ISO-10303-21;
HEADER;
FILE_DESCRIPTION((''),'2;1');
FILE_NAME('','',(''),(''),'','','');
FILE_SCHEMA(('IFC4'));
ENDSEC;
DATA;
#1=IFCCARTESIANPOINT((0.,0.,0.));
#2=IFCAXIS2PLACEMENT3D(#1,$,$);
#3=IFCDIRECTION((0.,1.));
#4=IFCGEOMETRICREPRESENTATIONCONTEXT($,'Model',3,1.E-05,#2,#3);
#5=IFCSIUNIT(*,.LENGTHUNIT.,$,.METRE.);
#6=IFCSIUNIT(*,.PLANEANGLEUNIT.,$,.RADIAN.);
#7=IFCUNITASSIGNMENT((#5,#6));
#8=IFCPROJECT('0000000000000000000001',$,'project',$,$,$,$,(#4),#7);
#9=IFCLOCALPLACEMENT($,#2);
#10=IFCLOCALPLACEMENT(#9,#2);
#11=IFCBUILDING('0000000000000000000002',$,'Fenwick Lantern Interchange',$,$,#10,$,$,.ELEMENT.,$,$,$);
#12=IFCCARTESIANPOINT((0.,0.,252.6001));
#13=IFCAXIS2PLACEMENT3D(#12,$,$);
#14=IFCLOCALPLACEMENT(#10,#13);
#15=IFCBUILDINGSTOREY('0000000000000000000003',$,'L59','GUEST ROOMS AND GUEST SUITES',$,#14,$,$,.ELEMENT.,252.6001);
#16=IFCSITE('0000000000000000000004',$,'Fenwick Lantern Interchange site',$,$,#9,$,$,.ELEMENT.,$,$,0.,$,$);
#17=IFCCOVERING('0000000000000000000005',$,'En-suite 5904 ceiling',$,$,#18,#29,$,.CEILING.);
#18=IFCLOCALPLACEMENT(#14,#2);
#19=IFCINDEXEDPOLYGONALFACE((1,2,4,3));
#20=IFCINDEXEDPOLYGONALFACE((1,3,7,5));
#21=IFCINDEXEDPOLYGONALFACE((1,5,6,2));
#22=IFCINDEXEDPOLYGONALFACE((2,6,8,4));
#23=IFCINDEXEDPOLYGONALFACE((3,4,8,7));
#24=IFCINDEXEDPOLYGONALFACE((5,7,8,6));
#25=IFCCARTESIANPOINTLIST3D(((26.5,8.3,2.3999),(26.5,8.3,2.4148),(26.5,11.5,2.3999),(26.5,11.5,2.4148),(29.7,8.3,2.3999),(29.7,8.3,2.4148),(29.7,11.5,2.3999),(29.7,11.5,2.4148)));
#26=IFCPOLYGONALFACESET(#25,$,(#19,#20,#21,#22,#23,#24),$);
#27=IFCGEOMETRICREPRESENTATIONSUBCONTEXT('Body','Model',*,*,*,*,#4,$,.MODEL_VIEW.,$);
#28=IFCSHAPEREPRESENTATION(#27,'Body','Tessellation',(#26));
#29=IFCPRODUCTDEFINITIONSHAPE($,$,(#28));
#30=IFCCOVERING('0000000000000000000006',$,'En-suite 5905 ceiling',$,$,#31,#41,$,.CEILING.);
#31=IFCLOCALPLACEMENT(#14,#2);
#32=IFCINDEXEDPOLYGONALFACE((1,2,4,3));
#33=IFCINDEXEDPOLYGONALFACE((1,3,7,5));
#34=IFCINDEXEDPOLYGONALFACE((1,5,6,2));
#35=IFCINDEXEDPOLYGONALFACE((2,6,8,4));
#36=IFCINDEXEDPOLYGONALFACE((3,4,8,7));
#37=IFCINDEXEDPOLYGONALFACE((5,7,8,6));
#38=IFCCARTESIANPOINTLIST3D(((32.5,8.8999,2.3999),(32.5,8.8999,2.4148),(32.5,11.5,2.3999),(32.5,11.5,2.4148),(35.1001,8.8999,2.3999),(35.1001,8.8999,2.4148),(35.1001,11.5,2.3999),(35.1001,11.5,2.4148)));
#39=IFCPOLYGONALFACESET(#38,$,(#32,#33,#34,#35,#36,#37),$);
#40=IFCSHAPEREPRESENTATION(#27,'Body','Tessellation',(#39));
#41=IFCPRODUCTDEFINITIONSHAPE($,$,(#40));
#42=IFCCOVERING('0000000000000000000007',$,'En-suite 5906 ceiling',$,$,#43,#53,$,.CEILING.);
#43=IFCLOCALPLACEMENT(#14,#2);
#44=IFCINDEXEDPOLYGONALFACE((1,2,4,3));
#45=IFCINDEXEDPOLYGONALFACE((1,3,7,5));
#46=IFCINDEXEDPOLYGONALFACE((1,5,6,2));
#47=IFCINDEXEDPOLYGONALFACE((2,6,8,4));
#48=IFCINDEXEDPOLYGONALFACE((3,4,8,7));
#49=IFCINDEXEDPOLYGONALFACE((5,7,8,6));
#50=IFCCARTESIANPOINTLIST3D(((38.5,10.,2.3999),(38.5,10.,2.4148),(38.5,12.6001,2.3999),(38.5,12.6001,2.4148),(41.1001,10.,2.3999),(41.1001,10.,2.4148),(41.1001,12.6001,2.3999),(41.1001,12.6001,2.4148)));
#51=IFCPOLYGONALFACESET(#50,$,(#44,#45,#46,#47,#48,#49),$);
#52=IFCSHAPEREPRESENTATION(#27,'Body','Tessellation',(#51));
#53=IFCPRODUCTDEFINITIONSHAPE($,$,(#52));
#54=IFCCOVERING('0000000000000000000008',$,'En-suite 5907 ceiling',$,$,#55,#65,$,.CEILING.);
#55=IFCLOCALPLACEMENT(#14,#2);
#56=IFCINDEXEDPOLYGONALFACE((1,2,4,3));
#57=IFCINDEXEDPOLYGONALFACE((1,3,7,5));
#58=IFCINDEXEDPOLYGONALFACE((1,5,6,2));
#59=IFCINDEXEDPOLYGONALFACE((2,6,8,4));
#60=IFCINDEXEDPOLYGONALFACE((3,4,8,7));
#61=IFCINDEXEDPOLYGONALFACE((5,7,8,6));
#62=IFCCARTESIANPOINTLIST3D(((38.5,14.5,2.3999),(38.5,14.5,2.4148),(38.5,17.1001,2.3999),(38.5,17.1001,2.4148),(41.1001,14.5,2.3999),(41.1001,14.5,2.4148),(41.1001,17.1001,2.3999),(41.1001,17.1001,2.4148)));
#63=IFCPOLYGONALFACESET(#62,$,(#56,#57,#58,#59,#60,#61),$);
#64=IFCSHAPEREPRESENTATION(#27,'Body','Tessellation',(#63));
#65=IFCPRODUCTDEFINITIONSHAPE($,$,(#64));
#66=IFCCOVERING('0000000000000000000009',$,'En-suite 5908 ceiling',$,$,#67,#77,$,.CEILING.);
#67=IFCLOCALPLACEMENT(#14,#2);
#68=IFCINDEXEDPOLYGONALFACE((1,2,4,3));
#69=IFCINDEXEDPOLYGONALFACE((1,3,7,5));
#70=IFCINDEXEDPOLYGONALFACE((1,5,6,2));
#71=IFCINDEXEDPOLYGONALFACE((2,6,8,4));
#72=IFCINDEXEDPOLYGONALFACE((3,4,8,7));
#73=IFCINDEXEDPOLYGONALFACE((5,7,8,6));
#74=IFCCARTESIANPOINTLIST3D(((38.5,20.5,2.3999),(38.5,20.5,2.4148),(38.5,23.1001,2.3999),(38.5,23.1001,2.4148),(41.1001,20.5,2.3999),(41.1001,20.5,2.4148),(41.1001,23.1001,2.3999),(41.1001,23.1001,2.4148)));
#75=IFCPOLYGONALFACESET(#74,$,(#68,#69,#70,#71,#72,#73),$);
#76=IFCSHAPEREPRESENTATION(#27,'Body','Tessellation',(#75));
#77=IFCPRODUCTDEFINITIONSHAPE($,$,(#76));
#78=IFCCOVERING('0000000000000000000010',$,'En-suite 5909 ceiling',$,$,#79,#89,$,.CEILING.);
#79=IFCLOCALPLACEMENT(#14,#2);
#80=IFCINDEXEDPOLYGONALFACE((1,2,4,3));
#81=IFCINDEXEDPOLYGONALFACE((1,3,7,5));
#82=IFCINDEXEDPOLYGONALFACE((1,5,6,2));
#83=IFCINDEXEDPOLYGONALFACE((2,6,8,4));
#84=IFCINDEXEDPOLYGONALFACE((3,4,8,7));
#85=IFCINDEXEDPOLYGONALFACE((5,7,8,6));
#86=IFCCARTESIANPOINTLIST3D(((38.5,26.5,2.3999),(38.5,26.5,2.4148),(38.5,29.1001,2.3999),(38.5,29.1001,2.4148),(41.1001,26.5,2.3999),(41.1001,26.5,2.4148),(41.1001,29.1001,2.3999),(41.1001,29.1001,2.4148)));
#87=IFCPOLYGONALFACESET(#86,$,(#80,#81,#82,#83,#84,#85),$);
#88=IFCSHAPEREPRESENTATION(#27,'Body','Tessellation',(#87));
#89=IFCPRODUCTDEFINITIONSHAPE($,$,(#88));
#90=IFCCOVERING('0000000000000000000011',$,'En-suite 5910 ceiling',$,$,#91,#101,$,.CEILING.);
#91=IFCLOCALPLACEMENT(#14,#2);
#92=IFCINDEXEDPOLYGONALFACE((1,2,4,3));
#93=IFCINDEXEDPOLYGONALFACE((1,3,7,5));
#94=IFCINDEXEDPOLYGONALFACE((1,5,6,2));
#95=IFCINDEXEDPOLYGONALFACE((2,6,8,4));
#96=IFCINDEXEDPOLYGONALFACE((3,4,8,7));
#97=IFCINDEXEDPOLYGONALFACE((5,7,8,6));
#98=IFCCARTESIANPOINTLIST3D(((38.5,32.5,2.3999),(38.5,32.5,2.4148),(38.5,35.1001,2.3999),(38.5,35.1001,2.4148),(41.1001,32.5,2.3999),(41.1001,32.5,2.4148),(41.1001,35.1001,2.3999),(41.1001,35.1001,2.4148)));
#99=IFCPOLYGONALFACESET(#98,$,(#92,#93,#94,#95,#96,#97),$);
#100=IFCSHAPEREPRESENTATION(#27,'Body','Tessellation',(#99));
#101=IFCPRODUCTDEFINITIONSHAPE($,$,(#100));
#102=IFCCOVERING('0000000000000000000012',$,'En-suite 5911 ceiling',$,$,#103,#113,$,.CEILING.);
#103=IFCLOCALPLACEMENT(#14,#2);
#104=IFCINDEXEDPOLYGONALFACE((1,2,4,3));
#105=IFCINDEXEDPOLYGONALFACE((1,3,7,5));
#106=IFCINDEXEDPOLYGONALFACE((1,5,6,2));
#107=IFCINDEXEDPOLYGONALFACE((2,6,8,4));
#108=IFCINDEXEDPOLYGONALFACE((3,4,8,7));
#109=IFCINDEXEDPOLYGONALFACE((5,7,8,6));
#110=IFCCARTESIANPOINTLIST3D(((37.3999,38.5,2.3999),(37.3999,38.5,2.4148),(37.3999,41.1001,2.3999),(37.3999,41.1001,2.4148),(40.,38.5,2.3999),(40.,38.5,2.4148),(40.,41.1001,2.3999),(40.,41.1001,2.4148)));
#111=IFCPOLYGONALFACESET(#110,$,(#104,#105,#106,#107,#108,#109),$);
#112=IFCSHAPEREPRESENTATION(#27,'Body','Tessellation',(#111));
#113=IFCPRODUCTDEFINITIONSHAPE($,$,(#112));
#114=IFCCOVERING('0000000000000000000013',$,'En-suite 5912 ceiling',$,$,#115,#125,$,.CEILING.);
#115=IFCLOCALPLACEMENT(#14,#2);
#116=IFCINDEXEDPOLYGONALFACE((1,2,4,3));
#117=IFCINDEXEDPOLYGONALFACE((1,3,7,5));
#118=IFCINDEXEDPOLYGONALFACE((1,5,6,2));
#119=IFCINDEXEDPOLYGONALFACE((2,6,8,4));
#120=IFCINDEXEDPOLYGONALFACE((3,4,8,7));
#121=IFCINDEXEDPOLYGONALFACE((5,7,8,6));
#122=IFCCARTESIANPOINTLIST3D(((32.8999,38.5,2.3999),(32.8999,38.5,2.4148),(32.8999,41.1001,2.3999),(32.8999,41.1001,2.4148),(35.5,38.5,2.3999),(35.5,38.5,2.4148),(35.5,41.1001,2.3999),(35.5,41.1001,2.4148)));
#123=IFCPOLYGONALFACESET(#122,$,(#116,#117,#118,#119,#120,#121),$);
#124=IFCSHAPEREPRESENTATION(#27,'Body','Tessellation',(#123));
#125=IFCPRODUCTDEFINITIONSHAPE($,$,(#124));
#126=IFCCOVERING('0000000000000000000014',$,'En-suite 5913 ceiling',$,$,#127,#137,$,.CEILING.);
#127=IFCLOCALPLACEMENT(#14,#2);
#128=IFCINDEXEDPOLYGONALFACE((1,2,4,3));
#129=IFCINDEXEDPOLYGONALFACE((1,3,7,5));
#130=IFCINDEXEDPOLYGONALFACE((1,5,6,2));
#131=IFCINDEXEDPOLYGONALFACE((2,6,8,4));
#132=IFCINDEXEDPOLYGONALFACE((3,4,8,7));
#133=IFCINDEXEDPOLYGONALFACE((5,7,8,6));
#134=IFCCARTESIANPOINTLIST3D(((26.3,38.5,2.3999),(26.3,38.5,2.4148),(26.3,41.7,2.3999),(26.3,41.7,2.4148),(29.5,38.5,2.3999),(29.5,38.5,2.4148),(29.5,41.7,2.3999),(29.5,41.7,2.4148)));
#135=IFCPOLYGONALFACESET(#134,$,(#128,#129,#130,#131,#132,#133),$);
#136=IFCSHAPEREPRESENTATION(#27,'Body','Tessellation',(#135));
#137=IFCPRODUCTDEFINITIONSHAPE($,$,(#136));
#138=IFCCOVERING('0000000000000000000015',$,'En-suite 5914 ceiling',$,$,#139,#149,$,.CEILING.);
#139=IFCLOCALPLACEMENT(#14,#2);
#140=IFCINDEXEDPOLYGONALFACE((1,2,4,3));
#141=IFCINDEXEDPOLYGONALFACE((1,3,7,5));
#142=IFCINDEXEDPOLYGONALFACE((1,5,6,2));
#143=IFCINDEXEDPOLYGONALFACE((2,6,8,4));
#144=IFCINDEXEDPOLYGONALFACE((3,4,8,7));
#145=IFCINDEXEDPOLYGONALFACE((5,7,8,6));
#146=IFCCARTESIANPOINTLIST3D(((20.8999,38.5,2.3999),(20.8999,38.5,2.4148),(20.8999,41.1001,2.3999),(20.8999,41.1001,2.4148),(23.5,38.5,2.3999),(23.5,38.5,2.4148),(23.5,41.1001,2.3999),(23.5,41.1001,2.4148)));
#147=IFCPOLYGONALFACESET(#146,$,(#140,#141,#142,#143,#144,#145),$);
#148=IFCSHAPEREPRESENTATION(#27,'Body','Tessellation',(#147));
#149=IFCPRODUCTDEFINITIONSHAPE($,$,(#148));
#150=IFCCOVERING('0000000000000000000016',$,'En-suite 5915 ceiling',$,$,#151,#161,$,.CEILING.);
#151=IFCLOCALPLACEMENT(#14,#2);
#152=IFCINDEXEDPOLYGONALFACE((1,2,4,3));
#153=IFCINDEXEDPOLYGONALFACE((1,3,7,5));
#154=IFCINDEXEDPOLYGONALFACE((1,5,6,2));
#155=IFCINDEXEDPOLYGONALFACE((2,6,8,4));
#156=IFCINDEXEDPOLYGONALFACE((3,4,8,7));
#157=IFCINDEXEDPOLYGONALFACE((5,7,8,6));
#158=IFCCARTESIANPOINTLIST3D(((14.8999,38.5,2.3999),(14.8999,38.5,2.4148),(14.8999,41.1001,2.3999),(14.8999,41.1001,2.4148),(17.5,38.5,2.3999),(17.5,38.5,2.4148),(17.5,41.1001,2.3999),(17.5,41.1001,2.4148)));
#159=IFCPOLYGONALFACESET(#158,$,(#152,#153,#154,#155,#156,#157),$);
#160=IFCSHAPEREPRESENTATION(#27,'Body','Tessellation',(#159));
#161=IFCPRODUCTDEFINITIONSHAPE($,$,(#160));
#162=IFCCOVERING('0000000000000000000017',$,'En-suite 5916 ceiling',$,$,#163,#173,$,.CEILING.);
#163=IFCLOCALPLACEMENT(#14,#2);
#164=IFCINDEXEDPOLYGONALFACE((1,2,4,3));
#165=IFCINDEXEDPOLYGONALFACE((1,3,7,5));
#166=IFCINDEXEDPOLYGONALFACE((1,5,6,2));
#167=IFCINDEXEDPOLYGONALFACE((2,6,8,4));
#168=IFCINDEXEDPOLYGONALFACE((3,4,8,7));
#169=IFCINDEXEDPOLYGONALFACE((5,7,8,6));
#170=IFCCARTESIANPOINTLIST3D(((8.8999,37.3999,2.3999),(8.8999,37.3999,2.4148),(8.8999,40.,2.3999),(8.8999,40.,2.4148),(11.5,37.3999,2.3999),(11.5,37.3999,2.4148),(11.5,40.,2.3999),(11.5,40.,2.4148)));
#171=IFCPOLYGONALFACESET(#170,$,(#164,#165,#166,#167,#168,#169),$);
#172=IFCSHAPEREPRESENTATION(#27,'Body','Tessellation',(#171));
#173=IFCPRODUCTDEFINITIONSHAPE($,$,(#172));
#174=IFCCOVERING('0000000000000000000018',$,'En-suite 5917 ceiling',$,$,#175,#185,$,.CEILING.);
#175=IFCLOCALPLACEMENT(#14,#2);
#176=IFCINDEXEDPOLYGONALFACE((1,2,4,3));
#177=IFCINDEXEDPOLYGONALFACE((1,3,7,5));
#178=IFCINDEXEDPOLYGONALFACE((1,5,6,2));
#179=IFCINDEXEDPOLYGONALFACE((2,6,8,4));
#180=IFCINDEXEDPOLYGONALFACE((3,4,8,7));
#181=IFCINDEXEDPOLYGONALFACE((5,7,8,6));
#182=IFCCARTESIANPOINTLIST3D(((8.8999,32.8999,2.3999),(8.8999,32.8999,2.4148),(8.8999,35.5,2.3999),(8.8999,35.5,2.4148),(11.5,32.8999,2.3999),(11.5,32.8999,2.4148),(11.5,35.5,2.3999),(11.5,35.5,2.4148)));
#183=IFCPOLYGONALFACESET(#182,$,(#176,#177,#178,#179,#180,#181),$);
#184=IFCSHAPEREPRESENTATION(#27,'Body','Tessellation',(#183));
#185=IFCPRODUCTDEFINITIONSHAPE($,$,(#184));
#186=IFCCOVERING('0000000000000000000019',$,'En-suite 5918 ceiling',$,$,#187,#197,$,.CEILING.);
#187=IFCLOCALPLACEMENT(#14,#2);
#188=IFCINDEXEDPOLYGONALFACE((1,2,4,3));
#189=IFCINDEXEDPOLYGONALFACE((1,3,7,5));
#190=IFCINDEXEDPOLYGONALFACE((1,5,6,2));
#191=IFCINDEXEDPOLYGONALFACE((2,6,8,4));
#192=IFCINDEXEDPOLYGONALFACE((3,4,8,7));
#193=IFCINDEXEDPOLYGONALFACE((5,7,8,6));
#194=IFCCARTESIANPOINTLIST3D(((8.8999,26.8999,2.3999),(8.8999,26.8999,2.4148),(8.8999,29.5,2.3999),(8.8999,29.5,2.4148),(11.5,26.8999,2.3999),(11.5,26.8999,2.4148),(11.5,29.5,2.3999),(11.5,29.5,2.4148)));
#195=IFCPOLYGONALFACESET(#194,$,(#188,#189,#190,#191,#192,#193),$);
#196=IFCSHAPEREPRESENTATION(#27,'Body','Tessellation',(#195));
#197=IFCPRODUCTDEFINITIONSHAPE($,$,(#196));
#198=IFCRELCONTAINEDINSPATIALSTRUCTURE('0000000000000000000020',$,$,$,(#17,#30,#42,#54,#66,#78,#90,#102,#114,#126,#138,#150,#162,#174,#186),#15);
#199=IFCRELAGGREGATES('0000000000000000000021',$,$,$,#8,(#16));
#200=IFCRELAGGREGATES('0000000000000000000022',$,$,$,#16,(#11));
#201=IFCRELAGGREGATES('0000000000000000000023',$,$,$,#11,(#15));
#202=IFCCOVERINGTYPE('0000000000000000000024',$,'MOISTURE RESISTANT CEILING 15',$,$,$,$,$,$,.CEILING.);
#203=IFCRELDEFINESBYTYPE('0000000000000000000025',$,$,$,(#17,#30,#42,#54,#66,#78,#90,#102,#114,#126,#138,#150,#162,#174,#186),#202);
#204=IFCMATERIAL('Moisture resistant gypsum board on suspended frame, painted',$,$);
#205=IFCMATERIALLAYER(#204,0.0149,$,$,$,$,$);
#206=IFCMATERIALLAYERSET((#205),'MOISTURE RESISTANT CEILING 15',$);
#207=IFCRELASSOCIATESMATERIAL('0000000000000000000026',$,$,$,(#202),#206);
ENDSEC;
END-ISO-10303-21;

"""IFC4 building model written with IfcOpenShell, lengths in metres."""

from ifc_helpers import new_model, si_unit, direction, frame, origin, place, context, subcontext, project, spatial, polyline, outline, extrude, material, layer, layer_set, type_object, element, save


model = new_model("IFC4")

# Units and contexts
model_context = context("Model", 3, precision=1e-05, world=origin(), true_north=direction((0.0, 1.0)))
body_context = subcontext(model_context, "Body", "Model", "MODEL_VIEW")
ifc_project = project(units=[si_unit("LENGTHUNIT", "METRE"), si_unit("PLANEANGLEUNIT", "RADIAN")], contexts=[model_context])

# Site, building, storey
site_placement = place(None, origin())
site = spatial("IfcSite", under=ifc_project, at=site_placement, Name="Fenwick Lantern Interchange site", CompositionType="ELEMENT", RefElevation=0.0)
building_placement = place(site_placement, origin())
building = spatial("IfcBuilding", under=site, at=building_placement, Name="Fenwick Lantern Interchange", CompositionType="ELEMENT")
storey_placement = place(building_placement, frame((0.0, 0.0, 252.6001)))
storey = spatial("IfcBuildingStorey", under=building, at=storey_placement, Name="L59", Description="GUEST ROOMS AND GUEST SUITES", CompositionType="ELEMENT", Elevation=252.6001)

# Coverings
ifc_material_1 = material(Name="Moisture resistant gypsum board on suspended frame, painted")
ifc_layer_1 = layer(ifc_material_1, 0.0149)
ifc_layer_set_1 = layer_set([ifc_layer_1], Name="MOISTURE RESISTANT CEILING 15")
covering_type_1 = type_object("IfcCoveringType", Name="MOISTURE RESISTANT CEILING 15", PredefinedType="CEILING", material=ifc_layer_set_1)
covering_1_placement = place(storey_placement, frame((0.0, 0.0, 2.3999)))
element("IfcCovering", 1, at=covering_1_placement, inside=storey, type_object=covering_type_1, Name="En-suite 5904 ceiling", PredefinedType="CEILING", context=body_context, shape_type="SweptSolid", body=[
    extrude(outline(polyline([(26.5, 8.3), (29.7, 8.3), (29.7, 11.5), (26.5, 11.5), (26.5, 8.3)])), origin(), (0.0, 0.0, 1.0), 0.0149),
])
covering_2_placement = place(storey_placement, frame((0.0, 0.0, 2.3999)))
element("IfcCovering", 2, at=covering_2_placement, inside=storey, type_object=covering_type_1, Name="En-suite 5905 ceiling", PredefinedType="CEILING", context=body_context, shape_type="SweptSolid", body=[
    extrude(outline(polyline([(32.5, 8.8999), (35.1001, 8.8999), (35.1001, 11.5), (32.5, 11.5), (32.5, 8.8999)])), origin(), (0.0, 0.0, 1.0), 0.0149),
])
covering_3_placement = place(storey_placement, frame((0.0, 0.0, 2.3999)))
element("IfcCovering", 3, at=covering_3_placement, inside=storey, type_object=covering_type_1, Name="En-suite 5906 ceiling", PredefinedType="CEILING", context=body_context, shape_type="SweptSolid", body=[
    extrude(outline(polyline([(41.1001, 10.0), (41.1001, 12.6001), (38.5, 12.6001), (38.5, 10.0), (41.1001, 10.0)])), origin(), (0.0, 0.0, 1.0), 0.0149),
])
covering_4_placement = place(storey_placement, frame((0.0, 0.0, 2.3999)))
element("IfcCovering", 4, at=covering_4_placement, inside=storey, type_object=covering_type_1, Name="En-suite 5907 ceiling", PredefinedType="CEILING", context=body_context, shape_type="SweptSolid", body=[
    extrude(outline(polyline([(41.1001, 14.5), (41.1001, 17.1001), (38.5, 17.1001), (38.5, 14.5), (41.1001, 14.5)])), origin(), (0.0, 0.0, 1.0), 0.0149),
])
covering_5_placement = place(storey_placement, frame((0.0, 0.0, 2.3999)))
element("IfcCovering", 5, at=covering_5_placement, inside=storey, type_object=covering_type_1, Name="En-suite 5908 ceiling", PredefinedType="CEILING", context=body_context, shape_type="SweptSolid", body=[
    extrude(outline(polyline([(41.1001, 20.5), (41.1001, 23.1001), (38.5, 23.1001), (38.5, 20.5), (41.1001, 20.5)])), origin(), (0.0, 0.0, 1.0), 0.0149),
])
covering_6_placement = place(storey_placement, frame((0.0, 0.0, 2.3999)))
element("IfcCovering", 6, at=covering_6_placement, inside=storey, type_object=covering_type_1, Name="En-suite 5909 ceiling", PredefinedType="CEILING", context=body_context, shape_type="SweptSolid", body=[
    extrude(outline(polyline([(41.1001, 26.5), (41.1001, 29.1001), (38.5, 29.1001), (38.5, 26.5), (41.1001, 26.5)])), origin(), (0.0, 0.0, 1.0), 0.0149),
])
covering_7_placement = place(storey_placement, frame((0.0, 0.0, 2.3999)))
element("IfcCovering", 7, at=covering_7_placement, inside=storey, type_object=covering_type_1, Name="En-suite 5910 ceiling", PredefinedType="CEILING", context=body_context, shape_type="SweptSolid", body=[
    extrude(outline(polyline([(41.1001, 32.5), (41.1001, 35.1001), (38.5, 35.1001), (38.5, 32.5), (41.1001, 32.5)])), origin(), (0.0, 0.0, 1.0), 0.0149),
])
covering_8_placement = place(storey_placement, frame((0.0, 0.0, 2.3999)))
element("IfcCovering", 8, at=covering_8_placement, inside=storey, type_object=covering_type_1, Name="En-suite 5911 ceiling", PredefinedType="CEILING", context=body_context, shape_type="SweptSolid", body=[
    extrude(outline(polyline([(40.0, 41.1001), (37.3999, 41.1001), (37.3999, 38.5), (40.0, 38.5), (40.0, 41.1001)])), origin(), (0.0, 0.0, 1.0), 0.0149),
])
covering_9_placement = place(storey_placement, frame((0.0, 0.0, 2.3999)))
element("IfcCovering", 9, at=covering_9_placement, inside=storey, type_object=covering_type_1, Name="En-suite 5912 ceiling", PredefinedType="CEILING", context=body_context, shape_type="SweptSolid", body=[
    extrude(outline(polyline([(35.5, 41.1001), (32.8999, 41.1001), (32.8999, 38.5), (35.5, 38.5), (35.5, 41.1001)])), origin(), (0.0, 0.0, 1.0), 0.0149),
])
covering_10_placement = place(storey_placement, frame((0.0, 0.0, 2.3999)))
element("IfcCovering", 10, at=covering_10_placement, inside=storey, type_object=covering_type_1, Name="En-suite 5913 ceiling", PredefinedType="CEILING", context=body_context, shape_type="SweptSolid", body=[
    extrude(outline(polyline([(29.5, 41.7), (26.3, 41.7), (26.3, 38.5), (29.5, 38.5), (29.5, 41.7)])), origin(), (0.0, 0.0, 1.0), 0.0149),
])
covering_11_placement = place(storey_placement, frame((0.0, 0.0, 2.3999)))
element("IfcCovering", 11, at=covering_11_placement, inside=storey, type_object=covering_type_1, Name="En-suite 5914 ceiling", PredefinedType="CEILING", context=body_context, shape_type="SweptSolid", body=[
    extrude(outline(polyline([(23.5, 41.1001), (20.8999, 41.1001), (20.8999, 38.5), (23.5, 38.5), (23.5, 41.1001)])), origin(), (0.0, 0.0, 1.0), 0.0149),
])
covering_12_placement = place(storey_placement, frame((0.0, 0.0, 2.3999)))
element("IfcCovering", 12, at=covering_12_placement, inside=storey, type_object=covering_type_1, Name="En-suite 5915 ceiling", PredefinedType="CEILING", context=body_context, shape_type="SweptSolid", body=[
    extrude(outline(polyline([(17.5, 41.1001), (14.8999, 41.1001), (14.8999, 38.5), (17.5, 38.5), (17.5, 41.1001)])), origin(), (0.0, 0.0, 1.0), 0.0149),
])
covering_13_placement = place(storey_placement, frame((0.0, 0.0, 2.3999)))
element("IfcCovering", 13, at=covering_13_placement, inside=storey, type_object=covering_type_1, Name="En-suite 5916 ceiling", PredefinedType="CEILING", context=body_context, shape_type="SweptSolid", body=[
    extrude(outline(polyline([(8.8999, 40.0), (8.8999, 37.3999), (11.5, 37.3999), (11.5, 40.0), (8.8999, 40.0)])), origin(), (0.0, 0.0, 1.0), 0.0149),
])
covering_14_placement = place(storey_placement, frame((0.0, 0.0, 2.3999)))
element("IfcCovering", 14, at=covering_14_placement, inside=storey, type_object=covering_type_1, Name="En-suite 5917 ceiling", PredefinedType="CEILING", context=body_context, shape_type="SweptSolid", body=[
    extrude(outline(polyline([(8.8999, 35.5), (8.8999, 32.8999), (11.5, 32.8999), (11.5, 35.5), (8.8999, 35.5)])), origin(), (0.0, 0.0, 1.0), 0.0149),
])
covering_15_placement = place(storey_placement, frame((0.0, 0.0, 2.3999)))
element("IfcCovering", 15, at=covering_15_placement, inside=storey, type_object=covering_type_1, Name="En-suite 5918 ceiling", PredefinedType="CEILING", context=body_context, shape_type="SweptSolid", body=[
    extrude(outline(polyline([(8.8999, 29.5), (8.8999, 26.8999), (11.5, 26.8999), (11.5, 29.5), (8.8999, 29.5)])), origin(), (0.0, 0.0, 1.0), 0.0149),
])

save(model, "model.ifc")
